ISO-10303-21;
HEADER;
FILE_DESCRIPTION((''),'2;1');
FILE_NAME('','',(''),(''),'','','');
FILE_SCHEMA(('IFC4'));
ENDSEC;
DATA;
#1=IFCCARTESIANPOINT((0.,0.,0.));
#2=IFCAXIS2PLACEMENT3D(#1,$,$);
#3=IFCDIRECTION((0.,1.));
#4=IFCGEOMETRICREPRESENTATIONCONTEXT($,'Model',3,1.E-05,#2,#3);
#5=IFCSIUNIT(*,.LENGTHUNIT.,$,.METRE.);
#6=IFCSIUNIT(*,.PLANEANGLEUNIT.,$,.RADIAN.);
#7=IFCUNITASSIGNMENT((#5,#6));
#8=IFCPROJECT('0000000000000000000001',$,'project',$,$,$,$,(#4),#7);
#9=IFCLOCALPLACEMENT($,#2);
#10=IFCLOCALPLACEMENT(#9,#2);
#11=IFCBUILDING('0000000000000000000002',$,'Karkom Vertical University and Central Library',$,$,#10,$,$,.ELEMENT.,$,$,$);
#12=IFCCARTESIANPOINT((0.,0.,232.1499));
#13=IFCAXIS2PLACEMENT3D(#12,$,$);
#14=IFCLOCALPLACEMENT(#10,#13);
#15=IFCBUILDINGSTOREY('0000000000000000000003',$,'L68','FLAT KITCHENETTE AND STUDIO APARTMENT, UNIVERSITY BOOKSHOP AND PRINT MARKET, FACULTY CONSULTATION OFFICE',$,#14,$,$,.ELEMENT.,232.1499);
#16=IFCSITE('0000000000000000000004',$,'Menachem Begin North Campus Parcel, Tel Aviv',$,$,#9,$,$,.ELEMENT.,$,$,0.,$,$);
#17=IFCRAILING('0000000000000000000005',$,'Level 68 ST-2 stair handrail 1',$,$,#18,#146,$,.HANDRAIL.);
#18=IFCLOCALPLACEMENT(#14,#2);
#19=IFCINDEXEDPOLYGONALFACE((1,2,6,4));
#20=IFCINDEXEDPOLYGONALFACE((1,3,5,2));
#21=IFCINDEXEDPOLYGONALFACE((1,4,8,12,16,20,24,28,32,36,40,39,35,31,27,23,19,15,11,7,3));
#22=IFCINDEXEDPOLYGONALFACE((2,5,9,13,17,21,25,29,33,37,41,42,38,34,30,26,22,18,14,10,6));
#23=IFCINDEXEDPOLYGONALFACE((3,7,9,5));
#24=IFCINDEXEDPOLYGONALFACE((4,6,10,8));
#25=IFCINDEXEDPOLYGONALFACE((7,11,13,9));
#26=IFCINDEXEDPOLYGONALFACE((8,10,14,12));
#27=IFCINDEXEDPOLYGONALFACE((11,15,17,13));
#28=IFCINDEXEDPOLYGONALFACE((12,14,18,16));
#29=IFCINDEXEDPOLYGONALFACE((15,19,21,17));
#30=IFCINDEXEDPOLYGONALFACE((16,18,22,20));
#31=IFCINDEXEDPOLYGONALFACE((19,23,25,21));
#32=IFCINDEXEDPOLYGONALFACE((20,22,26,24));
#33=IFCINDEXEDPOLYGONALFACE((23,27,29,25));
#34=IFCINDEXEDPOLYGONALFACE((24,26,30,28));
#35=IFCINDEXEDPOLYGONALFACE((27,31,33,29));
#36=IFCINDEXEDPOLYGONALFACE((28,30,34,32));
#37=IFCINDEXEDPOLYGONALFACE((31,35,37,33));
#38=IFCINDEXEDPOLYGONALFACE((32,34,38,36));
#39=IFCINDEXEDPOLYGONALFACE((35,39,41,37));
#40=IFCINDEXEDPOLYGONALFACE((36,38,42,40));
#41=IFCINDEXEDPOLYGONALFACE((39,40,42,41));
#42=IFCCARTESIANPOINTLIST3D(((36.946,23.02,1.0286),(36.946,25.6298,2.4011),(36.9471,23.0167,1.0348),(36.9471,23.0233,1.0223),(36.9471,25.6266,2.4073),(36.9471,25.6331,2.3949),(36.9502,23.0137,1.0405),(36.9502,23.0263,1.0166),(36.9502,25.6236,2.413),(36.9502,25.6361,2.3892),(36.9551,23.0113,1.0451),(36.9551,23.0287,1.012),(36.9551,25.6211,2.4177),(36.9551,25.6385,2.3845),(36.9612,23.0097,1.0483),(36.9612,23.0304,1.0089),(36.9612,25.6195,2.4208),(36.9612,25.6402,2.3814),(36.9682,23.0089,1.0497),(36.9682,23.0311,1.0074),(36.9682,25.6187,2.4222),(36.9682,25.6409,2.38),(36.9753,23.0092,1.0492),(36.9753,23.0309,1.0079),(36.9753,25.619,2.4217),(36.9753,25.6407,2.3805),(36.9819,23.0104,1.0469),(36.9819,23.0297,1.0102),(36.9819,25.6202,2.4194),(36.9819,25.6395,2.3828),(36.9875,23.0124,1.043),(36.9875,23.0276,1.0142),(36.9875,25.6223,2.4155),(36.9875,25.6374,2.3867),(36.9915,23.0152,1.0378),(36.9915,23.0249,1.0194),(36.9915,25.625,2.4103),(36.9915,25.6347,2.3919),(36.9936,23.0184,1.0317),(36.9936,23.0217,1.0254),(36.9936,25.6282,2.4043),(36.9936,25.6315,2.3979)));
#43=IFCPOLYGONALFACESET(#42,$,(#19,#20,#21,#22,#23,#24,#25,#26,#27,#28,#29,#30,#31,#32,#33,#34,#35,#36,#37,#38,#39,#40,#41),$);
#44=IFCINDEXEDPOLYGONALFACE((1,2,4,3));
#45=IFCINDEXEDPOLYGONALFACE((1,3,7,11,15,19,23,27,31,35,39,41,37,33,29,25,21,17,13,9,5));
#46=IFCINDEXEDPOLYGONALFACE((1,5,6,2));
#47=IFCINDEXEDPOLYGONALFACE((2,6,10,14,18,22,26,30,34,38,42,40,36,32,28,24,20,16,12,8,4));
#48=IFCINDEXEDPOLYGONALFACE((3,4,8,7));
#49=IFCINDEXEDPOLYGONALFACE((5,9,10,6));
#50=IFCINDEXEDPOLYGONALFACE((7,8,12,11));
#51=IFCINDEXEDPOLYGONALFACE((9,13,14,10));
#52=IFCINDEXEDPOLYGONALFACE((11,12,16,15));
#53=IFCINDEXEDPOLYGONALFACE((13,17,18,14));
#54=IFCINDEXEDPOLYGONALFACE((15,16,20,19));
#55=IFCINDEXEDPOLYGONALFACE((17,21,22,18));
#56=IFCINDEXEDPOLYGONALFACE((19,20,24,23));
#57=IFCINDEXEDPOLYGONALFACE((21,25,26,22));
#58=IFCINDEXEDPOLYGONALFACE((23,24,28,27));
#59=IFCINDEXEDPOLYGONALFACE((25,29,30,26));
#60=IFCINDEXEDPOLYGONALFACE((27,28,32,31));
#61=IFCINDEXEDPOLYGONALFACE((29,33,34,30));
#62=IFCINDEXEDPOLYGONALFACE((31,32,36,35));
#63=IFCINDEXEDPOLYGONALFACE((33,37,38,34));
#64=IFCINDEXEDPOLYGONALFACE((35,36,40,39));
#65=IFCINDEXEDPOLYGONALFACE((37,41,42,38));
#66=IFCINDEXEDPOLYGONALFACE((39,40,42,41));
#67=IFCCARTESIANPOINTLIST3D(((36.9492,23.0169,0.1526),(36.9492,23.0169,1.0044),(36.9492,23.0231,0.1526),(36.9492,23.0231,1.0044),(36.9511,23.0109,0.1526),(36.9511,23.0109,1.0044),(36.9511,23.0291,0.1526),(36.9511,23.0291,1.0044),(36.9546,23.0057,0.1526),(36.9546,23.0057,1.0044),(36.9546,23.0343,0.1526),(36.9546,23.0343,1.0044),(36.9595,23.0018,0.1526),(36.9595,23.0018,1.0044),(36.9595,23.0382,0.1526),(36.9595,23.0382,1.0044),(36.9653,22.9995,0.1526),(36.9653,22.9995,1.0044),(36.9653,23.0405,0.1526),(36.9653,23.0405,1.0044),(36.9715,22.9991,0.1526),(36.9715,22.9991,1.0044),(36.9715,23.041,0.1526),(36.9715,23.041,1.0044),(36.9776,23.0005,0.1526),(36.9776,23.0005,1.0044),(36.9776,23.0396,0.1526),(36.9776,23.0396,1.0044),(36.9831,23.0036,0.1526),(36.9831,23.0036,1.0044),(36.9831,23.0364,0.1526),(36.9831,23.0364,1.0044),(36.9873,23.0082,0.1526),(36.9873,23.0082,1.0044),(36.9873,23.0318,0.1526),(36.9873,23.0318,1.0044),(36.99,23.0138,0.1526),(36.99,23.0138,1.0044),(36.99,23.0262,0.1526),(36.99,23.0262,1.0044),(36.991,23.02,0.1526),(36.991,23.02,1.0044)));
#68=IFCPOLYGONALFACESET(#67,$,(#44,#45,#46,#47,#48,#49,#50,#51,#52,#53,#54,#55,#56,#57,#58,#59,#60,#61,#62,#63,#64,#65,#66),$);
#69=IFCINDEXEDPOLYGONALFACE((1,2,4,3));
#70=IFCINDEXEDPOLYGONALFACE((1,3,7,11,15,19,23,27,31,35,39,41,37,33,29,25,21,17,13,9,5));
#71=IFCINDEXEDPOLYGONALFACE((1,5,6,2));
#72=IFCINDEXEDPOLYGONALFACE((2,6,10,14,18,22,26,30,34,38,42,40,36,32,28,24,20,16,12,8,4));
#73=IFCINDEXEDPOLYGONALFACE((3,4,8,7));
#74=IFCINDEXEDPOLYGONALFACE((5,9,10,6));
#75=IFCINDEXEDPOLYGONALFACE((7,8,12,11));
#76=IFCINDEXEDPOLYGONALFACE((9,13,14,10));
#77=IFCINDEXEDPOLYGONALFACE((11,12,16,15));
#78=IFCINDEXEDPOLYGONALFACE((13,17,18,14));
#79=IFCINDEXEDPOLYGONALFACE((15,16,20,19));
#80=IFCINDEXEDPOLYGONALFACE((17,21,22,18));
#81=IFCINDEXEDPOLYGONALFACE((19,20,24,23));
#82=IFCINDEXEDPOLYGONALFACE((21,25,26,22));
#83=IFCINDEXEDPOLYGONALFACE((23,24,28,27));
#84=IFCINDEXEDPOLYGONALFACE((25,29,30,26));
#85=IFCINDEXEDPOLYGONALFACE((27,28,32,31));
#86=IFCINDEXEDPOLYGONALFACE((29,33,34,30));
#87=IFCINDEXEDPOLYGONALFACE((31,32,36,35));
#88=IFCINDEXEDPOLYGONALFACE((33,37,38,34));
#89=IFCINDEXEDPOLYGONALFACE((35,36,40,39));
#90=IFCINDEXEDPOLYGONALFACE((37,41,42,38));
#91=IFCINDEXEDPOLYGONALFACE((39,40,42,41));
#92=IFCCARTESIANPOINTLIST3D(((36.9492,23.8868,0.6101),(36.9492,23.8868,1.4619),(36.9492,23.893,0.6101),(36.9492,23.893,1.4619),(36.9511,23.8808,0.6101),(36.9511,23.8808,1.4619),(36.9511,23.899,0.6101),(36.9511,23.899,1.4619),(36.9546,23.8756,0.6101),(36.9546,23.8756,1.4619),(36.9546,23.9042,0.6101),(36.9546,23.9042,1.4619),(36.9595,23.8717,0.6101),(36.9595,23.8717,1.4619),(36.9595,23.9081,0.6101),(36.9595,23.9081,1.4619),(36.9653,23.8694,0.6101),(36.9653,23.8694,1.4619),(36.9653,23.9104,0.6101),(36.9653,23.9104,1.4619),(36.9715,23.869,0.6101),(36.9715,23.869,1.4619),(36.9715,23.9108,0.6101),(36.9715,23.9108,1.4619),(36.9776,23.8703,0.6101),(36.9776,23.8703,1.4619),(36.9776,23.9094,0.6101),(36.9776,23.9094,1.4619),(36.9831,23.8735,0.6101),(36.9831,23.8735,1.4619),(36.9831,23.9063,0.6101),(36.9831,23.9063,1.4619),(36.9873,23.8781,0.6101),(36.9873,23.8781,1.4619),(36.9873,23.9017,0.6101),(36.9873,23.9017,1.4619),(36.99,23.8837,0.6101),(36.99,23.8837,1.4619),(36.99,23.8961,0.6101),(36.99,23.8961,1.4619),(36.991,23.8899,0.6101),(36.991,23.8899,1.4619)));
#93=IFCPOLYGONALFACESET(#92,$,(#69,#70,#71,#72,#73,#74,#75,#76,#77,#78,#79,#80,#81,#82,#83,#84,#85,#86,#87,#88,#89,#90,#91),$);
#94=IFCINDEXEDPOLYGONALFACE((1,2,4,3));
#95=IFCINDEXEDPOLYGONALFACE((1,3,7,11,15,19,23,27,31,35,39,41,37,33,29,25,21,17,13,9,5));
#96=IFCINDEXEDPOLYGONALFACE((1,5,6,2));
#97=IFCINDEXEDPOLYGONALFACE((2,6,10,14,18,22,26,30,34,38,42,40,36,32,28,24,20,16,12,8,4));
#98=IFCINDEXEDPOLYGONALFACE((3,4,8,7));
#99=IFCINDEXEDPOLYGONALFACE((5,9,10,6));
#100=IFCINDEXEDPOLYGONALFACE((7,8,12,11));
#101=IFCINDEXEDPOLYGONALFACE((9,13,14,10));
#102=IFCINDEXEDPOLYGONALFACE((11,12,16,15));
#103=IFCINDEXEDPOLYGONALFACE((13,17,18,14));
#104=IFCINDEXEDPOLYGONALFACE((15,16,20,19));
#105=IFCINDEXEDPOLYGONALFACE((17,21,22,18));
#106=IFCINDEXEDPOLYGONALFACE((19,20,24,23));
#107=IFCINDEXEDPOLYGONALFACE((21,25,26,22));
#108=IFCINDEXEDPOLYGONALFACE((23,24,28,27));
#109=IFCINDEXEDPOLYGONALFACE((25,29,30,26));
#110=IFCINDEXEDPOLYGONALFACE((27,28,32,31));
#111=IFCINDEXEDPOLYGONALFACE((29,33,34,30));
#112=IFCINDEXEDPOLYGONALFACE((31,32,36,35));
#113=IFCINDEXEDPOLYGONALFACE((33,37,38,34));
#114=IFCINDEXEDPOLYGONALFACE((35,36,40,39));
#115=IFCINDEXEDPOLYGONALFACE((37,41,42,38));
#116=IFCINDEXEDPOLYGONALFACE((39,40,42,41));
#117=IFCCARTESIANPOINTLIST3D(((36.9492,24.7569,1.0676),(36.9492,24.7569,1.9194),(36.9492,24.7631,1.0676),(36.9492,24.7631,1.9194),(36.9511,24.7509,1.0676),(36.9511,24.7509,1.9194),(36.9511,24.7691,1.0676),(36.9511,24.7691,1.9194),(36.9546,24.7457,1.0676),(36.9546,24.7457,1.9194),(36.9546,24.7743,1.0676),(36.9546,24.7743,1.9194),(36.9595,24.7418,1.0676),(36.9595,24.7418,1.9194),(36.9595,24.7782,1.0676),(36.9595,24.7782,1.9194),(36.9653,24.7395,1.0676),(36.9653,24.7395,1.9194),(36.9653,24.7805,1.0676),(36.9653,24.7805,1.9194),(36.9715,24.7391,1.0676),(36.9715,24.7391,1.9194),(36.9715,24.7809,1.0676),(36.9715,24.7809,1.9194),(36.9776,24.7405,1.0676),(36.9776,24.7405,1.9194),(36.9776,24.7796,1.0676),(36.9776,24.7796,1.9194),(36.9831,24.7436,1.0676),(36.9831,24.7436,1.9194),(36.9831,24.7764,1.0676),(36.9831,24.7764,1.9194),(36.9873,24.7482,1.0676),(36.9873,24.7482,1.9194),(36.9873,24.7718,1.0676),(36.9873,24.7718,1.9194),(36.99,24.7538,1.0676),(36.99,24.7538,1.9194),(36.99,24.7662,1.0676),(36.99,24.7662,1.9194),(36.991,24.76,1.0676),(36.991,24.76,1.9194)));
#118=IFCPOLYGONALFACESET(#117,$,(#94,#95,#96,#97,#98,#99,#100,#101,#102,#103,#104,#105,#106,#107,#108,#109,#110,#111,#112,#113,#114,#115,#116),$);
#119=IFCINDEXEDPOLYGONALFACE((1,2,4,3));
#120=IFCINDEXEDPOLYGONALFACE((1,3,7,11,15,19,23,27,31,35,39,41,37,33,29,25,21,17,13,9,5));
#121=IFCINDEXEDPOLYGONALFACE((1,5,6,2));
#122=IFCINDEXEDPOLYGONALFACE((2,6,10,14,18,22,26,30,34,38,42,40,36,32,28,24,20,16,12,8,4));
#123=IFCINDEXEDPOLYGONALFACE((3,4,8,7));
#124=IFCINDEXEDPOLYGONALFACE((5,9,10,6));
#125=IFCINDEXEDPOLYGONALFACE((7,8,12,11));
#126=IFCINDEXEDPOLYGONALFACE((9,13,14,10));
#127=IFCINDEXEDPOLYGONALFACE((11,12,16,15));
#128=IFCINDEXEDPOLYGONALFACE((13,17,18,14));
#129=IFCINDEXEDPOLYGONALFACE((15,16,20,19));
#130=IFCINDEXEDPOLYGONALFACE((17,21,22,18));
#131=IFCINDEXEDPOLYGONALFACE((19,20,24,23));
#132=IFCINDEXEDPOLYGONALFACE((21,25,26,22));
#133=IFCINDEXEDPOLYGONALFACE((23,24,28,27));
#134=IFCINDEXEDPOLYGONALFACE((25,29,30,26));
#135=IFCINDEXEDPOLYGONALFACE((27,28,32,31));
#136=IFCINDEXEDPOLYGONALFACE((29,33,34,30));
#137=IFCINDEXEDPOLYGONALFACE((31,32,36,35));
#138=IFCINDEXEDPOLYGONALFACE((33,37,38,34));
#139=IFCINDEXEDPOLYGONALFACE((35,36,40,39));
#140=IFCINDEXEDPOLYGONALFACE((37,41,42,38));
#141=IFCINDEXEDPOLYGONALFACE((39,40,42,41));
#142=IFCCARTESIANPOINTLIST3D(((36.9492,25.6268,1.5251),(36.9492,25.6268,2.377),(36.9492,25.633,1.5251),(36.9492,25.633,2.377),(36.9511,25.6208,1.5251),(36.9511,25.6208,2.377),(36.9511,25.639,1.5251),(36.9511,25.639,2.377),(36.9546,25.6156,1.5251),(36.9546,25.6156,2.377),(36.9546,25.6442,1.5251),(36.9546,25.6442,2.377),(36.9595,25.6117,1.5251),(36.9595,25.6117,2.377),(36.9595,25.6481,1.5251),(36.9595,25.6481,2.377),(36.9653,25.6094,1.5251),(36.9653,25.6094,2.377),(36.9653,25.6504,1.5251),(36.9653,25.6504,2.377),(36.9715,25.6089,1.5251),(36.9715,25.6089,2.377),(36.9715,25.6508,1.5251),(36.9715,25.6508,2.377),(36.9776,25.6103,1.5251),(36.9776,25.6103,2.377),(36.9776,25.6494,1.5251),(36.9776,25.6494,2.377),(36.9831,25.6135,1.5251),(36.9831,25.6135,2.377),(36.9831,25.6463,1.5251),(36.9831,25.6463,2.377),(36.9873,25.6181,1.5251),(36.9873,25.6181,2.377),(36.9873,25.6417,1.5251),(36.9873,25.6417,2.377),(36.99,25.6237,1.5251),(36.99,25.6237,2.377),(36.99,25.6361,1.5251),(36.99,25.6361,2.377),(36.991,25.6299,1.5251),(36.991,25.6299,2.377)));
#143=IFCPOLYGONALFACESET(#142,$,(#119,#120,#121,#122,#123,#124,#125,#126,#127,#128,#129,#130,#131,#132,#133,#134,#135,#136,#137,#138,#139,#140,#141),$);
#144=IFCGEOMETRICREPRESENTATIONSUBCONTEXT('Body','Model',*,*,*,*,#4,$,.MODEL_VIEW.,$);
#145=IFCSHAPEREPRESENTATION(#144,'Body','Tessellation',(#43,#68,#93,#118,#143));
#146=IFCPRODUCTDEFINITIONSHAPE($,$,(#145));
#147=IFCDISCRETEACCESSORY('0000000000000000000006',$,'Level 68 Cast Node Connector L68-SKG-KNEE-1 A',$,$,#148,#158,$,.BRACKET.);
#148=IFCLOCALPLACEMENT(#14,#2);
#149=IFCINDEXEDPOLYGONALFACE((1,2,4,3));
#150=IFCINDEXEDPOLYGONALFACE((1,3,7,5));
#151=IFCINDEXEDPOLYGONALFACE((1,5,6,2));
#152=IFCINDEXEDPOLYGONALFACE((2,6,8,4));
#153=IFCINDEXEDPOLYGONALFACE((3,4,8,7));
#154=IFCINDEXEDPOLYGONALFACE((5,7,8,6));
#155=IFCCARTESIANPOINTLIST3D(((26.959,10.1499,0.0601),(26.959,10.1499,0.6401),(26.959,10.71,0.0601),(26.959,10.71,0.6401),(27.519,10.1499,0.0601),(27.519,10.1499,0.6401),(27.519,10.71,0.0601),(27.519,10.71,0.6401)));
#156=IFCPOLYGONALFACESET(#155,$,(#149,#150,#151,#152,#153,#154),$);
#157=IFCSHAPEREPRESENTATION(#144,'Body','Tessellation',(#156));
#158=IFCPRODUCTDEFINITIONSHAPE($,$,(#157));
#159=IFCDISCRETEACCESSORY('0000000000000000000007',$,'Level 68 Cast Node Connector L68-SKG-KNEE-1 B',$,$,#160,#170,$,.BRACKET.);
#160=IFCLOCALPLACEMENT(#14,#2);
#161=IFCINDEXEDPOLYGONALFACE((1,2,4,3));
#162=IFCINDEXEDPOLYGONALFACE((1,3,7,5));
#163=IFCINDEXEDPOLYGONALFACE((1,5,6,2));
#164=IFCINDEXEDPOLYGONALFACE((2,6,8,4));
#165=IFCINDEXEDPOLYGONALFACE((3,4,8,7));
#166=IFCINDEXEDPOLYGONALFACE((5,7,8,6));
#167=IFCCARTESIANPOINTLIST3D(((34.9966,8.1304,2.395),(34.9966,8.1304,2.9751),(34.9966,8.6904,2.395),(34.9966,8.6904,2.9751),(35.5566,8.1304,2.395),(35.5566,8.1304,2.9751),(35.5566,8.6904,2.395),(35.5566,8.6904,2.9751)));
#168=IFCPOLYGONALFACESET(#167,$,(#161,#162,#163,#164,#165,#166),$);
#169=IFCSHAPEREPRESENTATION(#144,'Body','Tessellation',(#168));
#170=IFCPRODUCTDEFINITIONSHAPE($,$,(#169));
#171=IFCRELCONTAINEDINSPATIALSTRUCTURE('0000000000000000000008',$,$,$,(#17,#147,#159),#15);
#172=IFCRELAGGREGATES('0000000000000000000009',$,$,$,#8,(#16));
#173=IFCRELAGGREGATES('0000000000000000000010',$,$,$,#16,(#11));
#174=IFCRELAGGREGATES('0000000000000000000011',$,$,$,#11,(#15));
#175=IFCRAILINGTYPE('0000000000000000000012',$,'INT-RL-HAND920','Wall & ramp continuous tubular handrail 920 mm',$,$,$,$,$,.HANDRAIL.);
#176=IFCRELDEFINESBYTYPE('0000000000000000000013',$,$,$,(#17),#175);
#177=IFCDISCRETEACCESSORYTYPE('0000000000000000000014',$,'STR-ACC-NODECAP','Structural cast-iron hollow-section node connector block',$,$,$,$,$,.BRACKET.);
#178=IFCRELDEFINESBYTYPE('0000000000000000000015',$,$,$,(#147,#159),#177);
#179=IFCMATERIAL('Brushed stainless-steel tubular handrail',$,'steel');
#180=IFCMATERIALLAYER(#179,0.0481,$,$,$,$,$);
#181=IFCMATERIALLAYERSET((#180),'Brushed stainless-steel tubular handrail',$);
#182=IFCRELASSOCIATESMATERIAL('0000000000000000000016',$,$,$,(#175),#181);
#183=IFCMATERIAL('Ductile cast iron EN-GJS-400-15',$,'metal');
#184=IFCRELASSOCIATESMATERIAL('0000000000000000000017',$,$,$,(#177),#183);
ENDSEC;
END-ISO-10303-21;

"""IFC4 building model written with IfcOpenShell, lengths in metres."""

from ifc_helpers import new_model, si_unit, direction, frame, origin, origin_with_axes, origin_2d, place, context, subcontext, project, spatial, rectangle, circle, extrude, source, transform, mapped, material, layer, layer_set, type_object, element, save


model = new_model("IFC4")

# Units and contexts
model_context = context("Model", 3, precision=1e-05, world=origin(), true_north=direction((0.0, 1.0)))
body_context = subcontext(model_context, "Body", "Model", "MODEL_VIEW")
ifc_project = project(units=[si_unit("LENGTHUNIT", "METRE"), si_unit("PLANEANGLEUNIT", "RADIAN")], contexts=[model_context])

# Site, building, storey
site_placement = place(None, origin())
site = spatial("IfcSite", under=ifc_project, at=site_placement, Name="Menachem Begin North Campus Parcel, Tel Aviv", CompositionType="ELEMENT", RefElevation=0.0)
building_placement = place(site_placement, origin())
building = spatial("IfcBuilding", under=site, at=building_placement, Name="Karkom Vertical University and Central Library", CompositionType="ELEMENT")
storey_placement = place(building_placement, frame((0.0, 0.0, 232.1499)))
storey = spatial("IfcBuildingStorey", under=building, at=storey_placement, Name="L68", Description="FLAT KITCHENETTE AND STUDIO APARTMENT, UNIVERSITY BOOKSHOP AND PRINT MARKET, FACULTY CONSULTATION OFFICE", CompositionType="ELEMENT", Elevation=232.1499)

# Railing
ifc_material_1 = material(Name="Brushed stainless-steel tubular handrail", Category="steel")
ifc_layer_1 = layer(ifc_material_1, 0.0481)
ifc_layer_set_1 = layer_set([ifc_layer_1], Name="Brushed stainless-steel tubular handrail")
railing_type_1 = type_object("IfcRailingType", Name="INT-RL-HAND920", Description="Wall & ramp continuous tubular handrail 920 mm", PredefinedType="HANDRAIL", material=ifc_layer_set_1)
railing_1_placement = place(storey_placement, frame((36.97, 23.02, 0.1526)))
element("IfcRailing", 1, at=railing_1_placement, inside=storey, type_object=railing_type_1, Name="Level 68 ST-2 stair handrail 1", PredefinedType="HANDRAIL", context=body_context, shape_type="SweptSolid", body=[
    extrude(circle(Radius=0.0239, at=origin_2d()), frame((0.0, 0.0, 0.876), z_axis=(0.0, 0.885065, 0.465467), x_axis=(-1.0, 0.0, 0.0)), (0.0, 0.0, 1.0), 2.9487),
    extrude(circle(Radius=0.021, at=origin_2d()), origin(), (0.0, 0.0, 1.0), 0.8518),
    extrude(circle(Radius=0.021, at=origin_2d()), frame((0.0, 0.8699, 0.4575)), (0.0, 0.0, 1.0), 0.8518),
    extrude(circle(Radius=0.021, at=origin_2d()), frame((0.0, 1.74, 0.915)), (0.0, 0.0, 1.0), 0.8518),
    extrude(circle(Radius=0.021, at=origin_2d()), frame((0.0, 2.6099, 1.3726)), (0.0, 0.0, 1.0), 0.8518),
])

# Discrete accessories
ifc_material_2 = material(Name="Ductile cast iron EN-GJS-400-15", Category="metal")
discrete_accessory_type = type_object("IfcDiscreteAccessoryType", Name="STR-ACC-NODECAP", Description="Structural cast-iron hollow-section node connector block", PredefinedType="BRACKET", material=ifc_material_2)
shared_shape_1 = source(origin_with_axes(), body_context, "Body", "SweptSolid", [
    extrude(rectangle(XDim=0.5601, YDim=0.5601, at=origin_2d()), origin(), (0.0, 0.0, 1.0), 0.5801),
])
for number, where, z_axis, x_axis, name in (
    (2, (27.239, 10.4299, 0.0601), (0.0, 0.0, 1.0), (1.0, 0.0, 0.0), "Level 68 Cast Node Connector L68-SKG-KNEE-1 A"),
    (3, (35.2766, 8.4104, 2.395), (0.0, 0.0, 1.0), (1.0, 0.0, 0.0), "Level 68 Cast Node Connector L68-SKG-KNEE-1 B"),
):
    element("IfcDiscreteAccessory", number, at=place(storey_placement, frame(where, z_axis=z_axis, x_axis=x_axis)), inside=storey, type_object=discrete_accessory_type, Name=name, PredefinedType="BRACKET", context=body_context, shape_type="MappedRepresentation", body=[
        mapped(shared_shape_1, transform((0.0, 0.0, 0.0), scale=1.0)),
    ])

save(model, "model.ifc")
